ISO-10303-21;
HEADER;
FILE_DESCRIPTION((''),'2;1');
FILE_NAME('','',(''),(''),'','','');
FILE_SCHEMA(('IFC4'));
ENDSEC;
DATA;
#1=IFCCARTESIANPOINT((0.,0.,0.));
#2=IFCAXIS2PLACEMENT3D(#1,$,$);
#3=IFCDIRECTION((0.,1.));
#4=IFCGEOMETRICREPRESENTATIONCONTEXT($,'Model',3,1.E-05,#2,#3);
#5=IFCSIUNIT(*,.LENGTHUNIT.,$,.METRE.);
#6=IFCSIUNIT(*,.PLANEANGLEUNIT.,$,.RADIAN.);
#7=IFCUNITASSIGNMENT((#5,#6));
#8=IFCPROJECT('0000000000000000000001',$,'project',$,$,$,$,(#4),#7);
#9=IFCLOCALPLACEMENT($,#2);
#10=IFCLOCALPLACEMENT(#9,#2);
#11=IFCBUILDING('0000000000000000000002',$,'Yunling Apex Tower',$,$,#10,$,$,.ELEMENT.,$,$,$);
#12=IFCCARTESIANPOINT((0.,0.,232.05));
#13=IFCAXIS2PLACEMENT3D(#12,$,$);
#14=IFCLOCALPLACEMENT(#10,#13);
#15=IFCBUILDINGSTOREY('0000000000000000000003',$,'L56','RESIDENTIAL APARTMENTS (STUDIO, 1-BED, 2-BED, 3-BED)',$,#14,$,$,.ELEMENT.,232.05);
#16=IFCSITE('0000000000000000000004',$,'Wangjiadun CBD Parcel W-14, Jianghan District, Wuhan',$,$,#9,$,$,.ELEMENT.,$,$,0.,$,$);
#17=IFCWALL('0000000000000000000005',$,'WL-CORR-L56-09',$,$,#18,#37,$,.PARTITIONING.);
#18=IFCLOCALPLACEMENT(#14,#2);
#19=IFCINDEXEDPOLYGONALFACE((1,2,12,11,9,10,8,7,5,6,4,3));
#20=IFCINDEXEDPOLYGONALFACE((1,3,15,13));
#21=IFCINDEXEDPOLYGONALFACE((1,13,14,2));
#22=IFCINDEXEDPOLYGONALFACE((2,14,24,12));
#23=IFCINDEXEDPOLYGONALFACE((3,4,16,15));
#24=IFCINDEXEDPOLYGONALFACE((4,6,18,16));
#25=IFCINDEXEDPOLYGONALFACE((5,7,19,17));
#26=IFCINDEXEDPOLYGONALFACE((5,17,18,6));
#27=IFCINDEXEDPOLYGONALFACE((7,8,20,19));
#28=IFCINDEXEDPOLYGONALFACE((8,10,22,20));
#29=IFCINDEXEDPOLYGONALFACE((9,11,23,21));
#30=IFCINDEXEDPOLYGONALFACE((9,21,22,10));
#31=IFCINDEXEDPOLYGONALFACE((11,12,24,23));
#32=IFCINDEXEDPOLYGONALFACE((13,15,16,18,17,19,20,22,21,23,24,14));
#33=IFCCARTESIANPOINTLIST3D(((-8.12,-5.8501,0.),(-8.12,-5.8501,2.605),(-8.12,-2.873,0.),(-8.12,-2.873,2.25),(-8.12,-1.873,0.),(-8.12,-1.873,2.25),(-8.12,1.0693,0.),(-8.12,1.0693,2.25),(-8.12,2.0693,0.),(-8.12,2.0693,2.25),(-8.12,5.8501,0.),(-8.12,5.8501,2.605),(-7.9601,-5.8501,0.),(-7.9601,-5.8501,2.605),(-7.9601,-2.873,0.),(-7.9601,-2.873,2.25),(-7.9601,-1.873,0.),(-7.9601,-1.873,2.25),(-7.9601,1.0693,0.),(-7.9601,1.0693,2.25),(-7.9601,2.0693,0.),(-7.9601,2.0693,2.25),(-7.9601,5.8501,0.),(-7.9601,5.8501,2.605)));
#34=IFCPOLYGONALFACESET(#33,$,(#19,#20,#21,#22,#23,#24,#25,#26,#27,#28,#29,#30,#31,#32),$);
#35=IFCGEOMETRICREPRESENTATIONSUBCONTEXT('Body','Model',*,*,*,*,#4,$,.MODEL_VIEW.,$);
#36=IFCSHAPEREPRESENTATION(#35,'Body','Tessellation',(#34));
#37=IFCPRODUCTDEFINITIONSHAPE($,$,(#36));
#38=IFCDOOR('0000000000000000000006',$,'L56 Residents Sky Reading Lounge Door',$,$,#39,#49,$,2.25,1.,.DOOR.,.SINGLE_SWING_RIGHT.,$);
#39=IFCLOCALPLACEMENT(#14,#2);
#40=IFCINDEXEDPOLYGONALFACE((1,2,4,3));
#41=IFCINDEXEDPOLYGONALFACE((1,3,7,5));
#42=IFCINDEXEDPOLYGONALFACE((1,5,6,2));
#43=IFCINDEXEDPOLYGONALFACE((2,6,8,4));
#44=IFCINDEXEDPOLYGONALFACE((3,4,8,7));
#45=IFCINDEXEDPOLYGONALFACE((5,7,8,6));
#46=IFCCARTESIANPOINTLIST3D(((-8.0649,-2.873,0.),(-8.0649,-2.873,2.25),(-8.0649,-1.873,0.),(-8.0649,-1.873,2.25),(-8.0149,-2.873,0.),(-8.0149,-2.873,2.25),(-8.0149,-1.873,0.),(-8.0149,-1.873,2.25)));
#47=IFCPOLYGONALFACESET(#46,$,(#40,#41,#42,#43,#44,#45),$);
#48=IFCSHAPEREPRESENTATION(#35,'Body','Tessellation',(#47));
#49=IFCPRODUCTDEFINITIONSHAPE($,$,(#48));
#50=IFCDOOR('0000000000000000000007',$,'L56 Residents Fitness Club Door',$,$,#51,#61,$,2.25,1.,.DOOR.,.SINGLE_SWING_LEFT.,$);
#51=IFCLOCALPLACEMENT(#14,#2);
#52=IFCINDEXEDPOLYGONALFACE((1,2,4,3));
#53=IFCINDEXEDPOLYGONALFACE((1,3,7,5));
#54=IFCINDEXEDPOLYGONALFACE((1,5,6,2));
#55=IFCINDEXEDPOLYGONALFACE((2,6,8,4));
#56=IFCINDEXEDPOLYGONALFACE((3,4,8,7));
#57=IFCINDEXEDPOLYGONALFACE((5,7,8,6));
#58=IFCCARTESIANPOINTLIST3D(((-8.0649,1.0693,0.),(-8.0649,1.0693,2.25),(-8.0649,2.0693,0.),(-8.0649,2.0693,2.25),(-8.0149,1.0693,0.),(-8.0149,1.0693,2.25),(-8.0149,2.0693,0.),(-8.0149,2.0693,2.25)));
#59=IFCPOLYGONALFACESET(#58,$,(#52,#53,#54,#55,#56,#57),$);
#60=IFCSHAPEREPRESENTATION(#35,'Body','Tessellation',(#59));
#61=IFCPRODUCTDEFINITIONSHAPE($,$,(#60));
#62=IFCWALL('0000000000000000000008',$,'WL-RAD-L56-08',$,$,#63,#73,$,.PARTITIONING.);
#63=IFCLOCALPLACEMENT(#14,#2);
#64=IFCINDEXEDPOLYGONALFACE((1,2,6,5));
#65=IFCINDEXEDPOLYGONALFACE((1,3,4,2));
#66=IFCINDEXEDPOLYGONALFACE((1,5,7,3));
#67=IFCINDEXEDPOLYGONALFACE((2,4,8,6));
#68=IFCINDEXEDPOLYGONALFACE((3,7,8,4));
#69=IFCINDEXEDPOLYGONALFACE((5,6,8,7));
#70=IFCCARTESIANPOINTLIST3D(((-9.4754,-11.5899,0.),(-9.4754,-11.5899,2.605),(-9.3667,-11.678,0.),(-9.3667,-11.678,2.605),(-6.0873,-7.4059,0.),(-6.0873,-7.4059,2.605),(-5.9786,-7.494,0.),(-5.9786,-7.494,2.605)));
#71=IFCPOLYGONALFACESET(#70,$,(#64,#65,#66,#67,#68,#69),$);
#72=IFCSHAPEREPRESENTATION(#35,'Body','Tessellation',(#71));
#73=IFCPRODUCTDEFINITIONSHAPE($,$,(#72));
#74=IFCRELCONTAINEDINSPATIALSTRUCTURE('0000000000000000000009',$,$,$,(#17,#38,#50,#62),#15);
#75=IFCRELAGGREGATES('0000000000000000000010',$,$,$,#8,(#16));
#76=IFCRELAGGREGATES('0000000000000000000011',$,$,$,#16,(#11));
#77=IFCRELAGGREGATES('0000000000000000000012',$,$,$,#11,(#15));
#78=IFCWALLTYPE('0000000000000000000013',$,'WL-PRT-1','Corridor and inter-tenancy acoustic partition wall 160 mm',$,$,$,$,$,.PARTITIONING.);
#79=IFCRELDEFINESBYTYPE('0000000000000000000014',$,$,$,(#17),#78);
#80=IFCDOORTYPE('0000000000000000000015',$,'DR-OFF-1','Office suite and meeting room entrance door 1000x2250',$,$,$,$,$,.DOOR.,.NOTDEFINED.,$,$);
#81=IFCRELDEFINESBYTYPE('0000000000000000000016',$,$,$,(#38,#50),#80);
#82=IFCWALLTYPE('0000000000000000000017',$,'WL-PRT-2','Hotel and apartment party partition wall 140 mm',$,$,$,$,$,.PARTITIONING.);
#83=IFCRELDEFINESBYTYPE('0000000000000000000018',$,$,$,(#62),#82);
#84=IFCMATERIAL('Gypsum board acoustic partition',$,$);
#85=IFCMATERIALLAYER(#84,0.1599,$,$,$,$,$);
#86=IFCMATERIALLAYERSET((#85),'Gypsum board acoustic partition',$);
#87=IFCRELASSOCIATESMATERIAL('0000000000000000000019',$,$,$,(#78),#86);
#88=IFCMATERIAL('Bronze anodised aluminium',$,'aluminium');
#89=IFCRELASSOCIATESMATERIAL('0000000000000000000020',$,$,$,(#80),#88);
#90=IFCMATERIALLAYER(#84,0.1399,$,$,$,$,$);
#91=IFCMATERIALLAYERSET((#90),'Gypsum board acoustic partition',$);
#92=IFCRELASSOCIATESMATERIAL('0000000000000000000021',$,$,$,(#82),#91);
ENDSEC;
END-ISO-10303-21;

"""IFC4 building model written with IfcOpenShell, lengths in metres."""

from ifc_helpers import new_model, si_unit, direction, frame, frame_2d, origin, place, context, subcontext, project, spatial, rectangle, extrude, material, layer, layer_set, type_object, element, fill, save


model = new_model("IFC4")

# Units and contexts
model_context = context("Model", 3, precision=1e-05, world=origin(), true_north=direction((0.0, 1.0)))
body_context = subcontext(model_context, "Body", "Model", "MODEL_VIEW")
ifc_project = project(units=[si_unit("LENGTHUNIT", "METRE"), si_unit("PLANEANGLEUNIT", "RADIAN")], contexts=[model_context])

# Site, building, storey
site_placement = place(None, origin())
site = spatial("IfcSite", under=ifc_project, at=site_placement, Name="Wangjiadun CBD Parcel W-14, Jianghan District, Wuhan", CompositionType="ELEMENT", RefElevation=0.0)
building_placement = place(site_placement, origin())
building = spatial("IfcBuilding", under=site, at=building_placement, Name="Yunling Apex Tower", CompositionType="ELEMENT")
storey_placement = place(building_placement, frame((0.0, 0.0, 232.05)))
storey = spatial("IfcBuildingStorey", under=building, at=storey_placement, Name="L56", Description="RESIDENTIAL APARTMENTS (STUDIO, 1-BED, 2-BED, 3-BED)", CompositionType="ELEMENT", Elevation=232.05)

# Shared definitions
ifc_material_1 = material(Name="Bronze anodised aluminium", Category="aluminium")

# Shared definitions
ifc_material_2 = material(Name="Gypsum board acoustic partition")
ifc_layer_1 = layer(ifc_material_2, 0.1599)
ifc_layer_set_1 = layer_set([ifc_layer_1], Name="Gypsum board acoustic partition")
wall_type_1 = type_object("IfcWallType", Name="WL-PRT-1", Description="Corridor and inter-tenancy acoustic partition wall 160 mm", PredefinedType="PARTITIONING", material=ifc_layer_set_1)

# Shared definitions
door_type_1 = type_object("IfcDoorType", Name="DR-OFF-1", Description="Office suite and meeting room entrance door 1000x2250", OperationType="NOTDEFINED", PredefinedType="DOOR", material=ifc_material_1)

# Wall, openings, doors
wall_1_placement = place(storey_placement, frame((-8.04, -5.8501, 0.0), z_axis=(0.0, 0.0, 1.0), x_axis=(0.0, 1.0, 0.0)))
wall_1 = element("IfcWall", 1, at=wall_1_placement, inside=storey, type_object=wall_type_1, Name="WL-CORR-L56-09", PredefinedType="PARTITIONING", context=body_context, shape_type="SweptSolid", body=[
    extrude(rectangle(XDim=11.7002, YDim=0.1599, at=frame_2d((5.8501, 0.0))), origin(), (0.0, 0.0, 1.0), 2.605),
])
opening_1_placement = place(wall_1_placement, frame((2.9771, 0.0, 0.0)))
opening_1 = element("IfcOpeningElement", 2, at=opening_1_placement, cuts=wall_1, PredefinedType="OPENING", context=body_context, shape_type="SweptSolid", body=[
    extrude(rectangle(XDim=1.0, YDim=2.25, at=frame_2d((0.5, 1.125))), frame((0.0, 0.0898, 0.0), z_axis=(0.0, -1.0, 0.0), x_axis=(1.0, 0.0, 0.0)), (0.0, 0.0, 1.0), 0.1799),
])
opening_2_placement = place(wall_1_placement, frame((6.9194, 0.0, 0.0)))
opening_2 = element("IfcOpeningElement", 3, at=opening_2_placement, cuts=wall_1, PredefinedType="OPENING", context=body_context, shape_type="SweptSolid", body=[
    extrude(rectangle(XDim=1.0, YDim=2.25, at=frame_2d((0.5, 1.125))), frame((0.0, 0.0898, 0.0), z_axis=(0.0, -1.0, 0.0), x_axis=(1.0, 0.0, 0.0)), (0.0, 0.0, 1.0), 0.1799),
])
door_1_placement = place(opening_1_placement, origin())
door_1 = element("IfcDoor", 4, at=door_1_placement, inside=storey, type_object=door_type_1, Name="L56 Residents Sky Reading Lounge Door", OperationType="SINGLE_SWING_RIGHT", OverallHeight=2.25, OverallWidth=1.0, PredefinedType="DOOR", context=body_context, shape_type="SweptSolid", body=[
    extrude(rectangle(XDim=1.0, YDim=2.25, at=frame_2d((0.5, 1.125))), frame((0.0, 0.0249, 0.0), z_axis=(0.0, -1.0, 0.0), x_axis=(1.0, 0.0, 0.0)), (0.0, 0.0, 1.0), 0.05),
])
fill(opening_1, door_1)
door_2_placement = place(opening_2_placement, origin())
door_2 = element("IfcDoor", 5, at=door_2_placement, inside=storey, type_object=door_type_1, Name="L56 Residents Fitness Club Door", OperationType="SINGLE_SWING_LEFT", OverallHeight=2.25, OverallWidth=1.0, PredefinedType="DOOR", context=body_context, shape_type="SweptSolid", body=[
    extrude(rectangle(XDim=1.0, YDim=2.25, at=frame_2d((0.5, 1.125))), frame((0.0, 0.0249, 0.0), z_axis=(0.0, -1.0, 0.0), x_axis=(1.0, 0.0, 0.0)), (0.0, 0.0, 1.0), 0.05),
])
fill(opening_2, door_2)

# Wall
ifc_layer_2 = layer(ifc_material_2, 0.1399)
ifc_layer_set_2 = layer_set([ifc_layer_2], Name="Gypsum board acoustic partition")
wall_type_2 = type_object("IfcWallType", Name="WL-PRT-2", Description="Hotel and apartment party partition wall 140 mm", PredefinedType="PARTITIONING", material=ifc_layer_set_2)
wall_2_placement = place(storey_placement, frame((-6.033, -7.45, 0.0), z_axis=(0.0, 0.0, 1.0), x_axis=(-0.629318, -0.777148, 0.0)))
element("IfcWall", 6, at=wall_2_placement, inside=storey, type_object=wall_type_2, Name="WL-RAD-L56-08", PredefinedType="PARTITIONING", context=body_context, shape_type="SweptSolid", body=[
    extrude(rectangle(XDim=5.3838, YDim=0.1399, at=frame_2d((2.6919, 0.0))), origin(), (0.0, 0.0, 1.0), 2.605),
])

save(model, "model.ifc")
